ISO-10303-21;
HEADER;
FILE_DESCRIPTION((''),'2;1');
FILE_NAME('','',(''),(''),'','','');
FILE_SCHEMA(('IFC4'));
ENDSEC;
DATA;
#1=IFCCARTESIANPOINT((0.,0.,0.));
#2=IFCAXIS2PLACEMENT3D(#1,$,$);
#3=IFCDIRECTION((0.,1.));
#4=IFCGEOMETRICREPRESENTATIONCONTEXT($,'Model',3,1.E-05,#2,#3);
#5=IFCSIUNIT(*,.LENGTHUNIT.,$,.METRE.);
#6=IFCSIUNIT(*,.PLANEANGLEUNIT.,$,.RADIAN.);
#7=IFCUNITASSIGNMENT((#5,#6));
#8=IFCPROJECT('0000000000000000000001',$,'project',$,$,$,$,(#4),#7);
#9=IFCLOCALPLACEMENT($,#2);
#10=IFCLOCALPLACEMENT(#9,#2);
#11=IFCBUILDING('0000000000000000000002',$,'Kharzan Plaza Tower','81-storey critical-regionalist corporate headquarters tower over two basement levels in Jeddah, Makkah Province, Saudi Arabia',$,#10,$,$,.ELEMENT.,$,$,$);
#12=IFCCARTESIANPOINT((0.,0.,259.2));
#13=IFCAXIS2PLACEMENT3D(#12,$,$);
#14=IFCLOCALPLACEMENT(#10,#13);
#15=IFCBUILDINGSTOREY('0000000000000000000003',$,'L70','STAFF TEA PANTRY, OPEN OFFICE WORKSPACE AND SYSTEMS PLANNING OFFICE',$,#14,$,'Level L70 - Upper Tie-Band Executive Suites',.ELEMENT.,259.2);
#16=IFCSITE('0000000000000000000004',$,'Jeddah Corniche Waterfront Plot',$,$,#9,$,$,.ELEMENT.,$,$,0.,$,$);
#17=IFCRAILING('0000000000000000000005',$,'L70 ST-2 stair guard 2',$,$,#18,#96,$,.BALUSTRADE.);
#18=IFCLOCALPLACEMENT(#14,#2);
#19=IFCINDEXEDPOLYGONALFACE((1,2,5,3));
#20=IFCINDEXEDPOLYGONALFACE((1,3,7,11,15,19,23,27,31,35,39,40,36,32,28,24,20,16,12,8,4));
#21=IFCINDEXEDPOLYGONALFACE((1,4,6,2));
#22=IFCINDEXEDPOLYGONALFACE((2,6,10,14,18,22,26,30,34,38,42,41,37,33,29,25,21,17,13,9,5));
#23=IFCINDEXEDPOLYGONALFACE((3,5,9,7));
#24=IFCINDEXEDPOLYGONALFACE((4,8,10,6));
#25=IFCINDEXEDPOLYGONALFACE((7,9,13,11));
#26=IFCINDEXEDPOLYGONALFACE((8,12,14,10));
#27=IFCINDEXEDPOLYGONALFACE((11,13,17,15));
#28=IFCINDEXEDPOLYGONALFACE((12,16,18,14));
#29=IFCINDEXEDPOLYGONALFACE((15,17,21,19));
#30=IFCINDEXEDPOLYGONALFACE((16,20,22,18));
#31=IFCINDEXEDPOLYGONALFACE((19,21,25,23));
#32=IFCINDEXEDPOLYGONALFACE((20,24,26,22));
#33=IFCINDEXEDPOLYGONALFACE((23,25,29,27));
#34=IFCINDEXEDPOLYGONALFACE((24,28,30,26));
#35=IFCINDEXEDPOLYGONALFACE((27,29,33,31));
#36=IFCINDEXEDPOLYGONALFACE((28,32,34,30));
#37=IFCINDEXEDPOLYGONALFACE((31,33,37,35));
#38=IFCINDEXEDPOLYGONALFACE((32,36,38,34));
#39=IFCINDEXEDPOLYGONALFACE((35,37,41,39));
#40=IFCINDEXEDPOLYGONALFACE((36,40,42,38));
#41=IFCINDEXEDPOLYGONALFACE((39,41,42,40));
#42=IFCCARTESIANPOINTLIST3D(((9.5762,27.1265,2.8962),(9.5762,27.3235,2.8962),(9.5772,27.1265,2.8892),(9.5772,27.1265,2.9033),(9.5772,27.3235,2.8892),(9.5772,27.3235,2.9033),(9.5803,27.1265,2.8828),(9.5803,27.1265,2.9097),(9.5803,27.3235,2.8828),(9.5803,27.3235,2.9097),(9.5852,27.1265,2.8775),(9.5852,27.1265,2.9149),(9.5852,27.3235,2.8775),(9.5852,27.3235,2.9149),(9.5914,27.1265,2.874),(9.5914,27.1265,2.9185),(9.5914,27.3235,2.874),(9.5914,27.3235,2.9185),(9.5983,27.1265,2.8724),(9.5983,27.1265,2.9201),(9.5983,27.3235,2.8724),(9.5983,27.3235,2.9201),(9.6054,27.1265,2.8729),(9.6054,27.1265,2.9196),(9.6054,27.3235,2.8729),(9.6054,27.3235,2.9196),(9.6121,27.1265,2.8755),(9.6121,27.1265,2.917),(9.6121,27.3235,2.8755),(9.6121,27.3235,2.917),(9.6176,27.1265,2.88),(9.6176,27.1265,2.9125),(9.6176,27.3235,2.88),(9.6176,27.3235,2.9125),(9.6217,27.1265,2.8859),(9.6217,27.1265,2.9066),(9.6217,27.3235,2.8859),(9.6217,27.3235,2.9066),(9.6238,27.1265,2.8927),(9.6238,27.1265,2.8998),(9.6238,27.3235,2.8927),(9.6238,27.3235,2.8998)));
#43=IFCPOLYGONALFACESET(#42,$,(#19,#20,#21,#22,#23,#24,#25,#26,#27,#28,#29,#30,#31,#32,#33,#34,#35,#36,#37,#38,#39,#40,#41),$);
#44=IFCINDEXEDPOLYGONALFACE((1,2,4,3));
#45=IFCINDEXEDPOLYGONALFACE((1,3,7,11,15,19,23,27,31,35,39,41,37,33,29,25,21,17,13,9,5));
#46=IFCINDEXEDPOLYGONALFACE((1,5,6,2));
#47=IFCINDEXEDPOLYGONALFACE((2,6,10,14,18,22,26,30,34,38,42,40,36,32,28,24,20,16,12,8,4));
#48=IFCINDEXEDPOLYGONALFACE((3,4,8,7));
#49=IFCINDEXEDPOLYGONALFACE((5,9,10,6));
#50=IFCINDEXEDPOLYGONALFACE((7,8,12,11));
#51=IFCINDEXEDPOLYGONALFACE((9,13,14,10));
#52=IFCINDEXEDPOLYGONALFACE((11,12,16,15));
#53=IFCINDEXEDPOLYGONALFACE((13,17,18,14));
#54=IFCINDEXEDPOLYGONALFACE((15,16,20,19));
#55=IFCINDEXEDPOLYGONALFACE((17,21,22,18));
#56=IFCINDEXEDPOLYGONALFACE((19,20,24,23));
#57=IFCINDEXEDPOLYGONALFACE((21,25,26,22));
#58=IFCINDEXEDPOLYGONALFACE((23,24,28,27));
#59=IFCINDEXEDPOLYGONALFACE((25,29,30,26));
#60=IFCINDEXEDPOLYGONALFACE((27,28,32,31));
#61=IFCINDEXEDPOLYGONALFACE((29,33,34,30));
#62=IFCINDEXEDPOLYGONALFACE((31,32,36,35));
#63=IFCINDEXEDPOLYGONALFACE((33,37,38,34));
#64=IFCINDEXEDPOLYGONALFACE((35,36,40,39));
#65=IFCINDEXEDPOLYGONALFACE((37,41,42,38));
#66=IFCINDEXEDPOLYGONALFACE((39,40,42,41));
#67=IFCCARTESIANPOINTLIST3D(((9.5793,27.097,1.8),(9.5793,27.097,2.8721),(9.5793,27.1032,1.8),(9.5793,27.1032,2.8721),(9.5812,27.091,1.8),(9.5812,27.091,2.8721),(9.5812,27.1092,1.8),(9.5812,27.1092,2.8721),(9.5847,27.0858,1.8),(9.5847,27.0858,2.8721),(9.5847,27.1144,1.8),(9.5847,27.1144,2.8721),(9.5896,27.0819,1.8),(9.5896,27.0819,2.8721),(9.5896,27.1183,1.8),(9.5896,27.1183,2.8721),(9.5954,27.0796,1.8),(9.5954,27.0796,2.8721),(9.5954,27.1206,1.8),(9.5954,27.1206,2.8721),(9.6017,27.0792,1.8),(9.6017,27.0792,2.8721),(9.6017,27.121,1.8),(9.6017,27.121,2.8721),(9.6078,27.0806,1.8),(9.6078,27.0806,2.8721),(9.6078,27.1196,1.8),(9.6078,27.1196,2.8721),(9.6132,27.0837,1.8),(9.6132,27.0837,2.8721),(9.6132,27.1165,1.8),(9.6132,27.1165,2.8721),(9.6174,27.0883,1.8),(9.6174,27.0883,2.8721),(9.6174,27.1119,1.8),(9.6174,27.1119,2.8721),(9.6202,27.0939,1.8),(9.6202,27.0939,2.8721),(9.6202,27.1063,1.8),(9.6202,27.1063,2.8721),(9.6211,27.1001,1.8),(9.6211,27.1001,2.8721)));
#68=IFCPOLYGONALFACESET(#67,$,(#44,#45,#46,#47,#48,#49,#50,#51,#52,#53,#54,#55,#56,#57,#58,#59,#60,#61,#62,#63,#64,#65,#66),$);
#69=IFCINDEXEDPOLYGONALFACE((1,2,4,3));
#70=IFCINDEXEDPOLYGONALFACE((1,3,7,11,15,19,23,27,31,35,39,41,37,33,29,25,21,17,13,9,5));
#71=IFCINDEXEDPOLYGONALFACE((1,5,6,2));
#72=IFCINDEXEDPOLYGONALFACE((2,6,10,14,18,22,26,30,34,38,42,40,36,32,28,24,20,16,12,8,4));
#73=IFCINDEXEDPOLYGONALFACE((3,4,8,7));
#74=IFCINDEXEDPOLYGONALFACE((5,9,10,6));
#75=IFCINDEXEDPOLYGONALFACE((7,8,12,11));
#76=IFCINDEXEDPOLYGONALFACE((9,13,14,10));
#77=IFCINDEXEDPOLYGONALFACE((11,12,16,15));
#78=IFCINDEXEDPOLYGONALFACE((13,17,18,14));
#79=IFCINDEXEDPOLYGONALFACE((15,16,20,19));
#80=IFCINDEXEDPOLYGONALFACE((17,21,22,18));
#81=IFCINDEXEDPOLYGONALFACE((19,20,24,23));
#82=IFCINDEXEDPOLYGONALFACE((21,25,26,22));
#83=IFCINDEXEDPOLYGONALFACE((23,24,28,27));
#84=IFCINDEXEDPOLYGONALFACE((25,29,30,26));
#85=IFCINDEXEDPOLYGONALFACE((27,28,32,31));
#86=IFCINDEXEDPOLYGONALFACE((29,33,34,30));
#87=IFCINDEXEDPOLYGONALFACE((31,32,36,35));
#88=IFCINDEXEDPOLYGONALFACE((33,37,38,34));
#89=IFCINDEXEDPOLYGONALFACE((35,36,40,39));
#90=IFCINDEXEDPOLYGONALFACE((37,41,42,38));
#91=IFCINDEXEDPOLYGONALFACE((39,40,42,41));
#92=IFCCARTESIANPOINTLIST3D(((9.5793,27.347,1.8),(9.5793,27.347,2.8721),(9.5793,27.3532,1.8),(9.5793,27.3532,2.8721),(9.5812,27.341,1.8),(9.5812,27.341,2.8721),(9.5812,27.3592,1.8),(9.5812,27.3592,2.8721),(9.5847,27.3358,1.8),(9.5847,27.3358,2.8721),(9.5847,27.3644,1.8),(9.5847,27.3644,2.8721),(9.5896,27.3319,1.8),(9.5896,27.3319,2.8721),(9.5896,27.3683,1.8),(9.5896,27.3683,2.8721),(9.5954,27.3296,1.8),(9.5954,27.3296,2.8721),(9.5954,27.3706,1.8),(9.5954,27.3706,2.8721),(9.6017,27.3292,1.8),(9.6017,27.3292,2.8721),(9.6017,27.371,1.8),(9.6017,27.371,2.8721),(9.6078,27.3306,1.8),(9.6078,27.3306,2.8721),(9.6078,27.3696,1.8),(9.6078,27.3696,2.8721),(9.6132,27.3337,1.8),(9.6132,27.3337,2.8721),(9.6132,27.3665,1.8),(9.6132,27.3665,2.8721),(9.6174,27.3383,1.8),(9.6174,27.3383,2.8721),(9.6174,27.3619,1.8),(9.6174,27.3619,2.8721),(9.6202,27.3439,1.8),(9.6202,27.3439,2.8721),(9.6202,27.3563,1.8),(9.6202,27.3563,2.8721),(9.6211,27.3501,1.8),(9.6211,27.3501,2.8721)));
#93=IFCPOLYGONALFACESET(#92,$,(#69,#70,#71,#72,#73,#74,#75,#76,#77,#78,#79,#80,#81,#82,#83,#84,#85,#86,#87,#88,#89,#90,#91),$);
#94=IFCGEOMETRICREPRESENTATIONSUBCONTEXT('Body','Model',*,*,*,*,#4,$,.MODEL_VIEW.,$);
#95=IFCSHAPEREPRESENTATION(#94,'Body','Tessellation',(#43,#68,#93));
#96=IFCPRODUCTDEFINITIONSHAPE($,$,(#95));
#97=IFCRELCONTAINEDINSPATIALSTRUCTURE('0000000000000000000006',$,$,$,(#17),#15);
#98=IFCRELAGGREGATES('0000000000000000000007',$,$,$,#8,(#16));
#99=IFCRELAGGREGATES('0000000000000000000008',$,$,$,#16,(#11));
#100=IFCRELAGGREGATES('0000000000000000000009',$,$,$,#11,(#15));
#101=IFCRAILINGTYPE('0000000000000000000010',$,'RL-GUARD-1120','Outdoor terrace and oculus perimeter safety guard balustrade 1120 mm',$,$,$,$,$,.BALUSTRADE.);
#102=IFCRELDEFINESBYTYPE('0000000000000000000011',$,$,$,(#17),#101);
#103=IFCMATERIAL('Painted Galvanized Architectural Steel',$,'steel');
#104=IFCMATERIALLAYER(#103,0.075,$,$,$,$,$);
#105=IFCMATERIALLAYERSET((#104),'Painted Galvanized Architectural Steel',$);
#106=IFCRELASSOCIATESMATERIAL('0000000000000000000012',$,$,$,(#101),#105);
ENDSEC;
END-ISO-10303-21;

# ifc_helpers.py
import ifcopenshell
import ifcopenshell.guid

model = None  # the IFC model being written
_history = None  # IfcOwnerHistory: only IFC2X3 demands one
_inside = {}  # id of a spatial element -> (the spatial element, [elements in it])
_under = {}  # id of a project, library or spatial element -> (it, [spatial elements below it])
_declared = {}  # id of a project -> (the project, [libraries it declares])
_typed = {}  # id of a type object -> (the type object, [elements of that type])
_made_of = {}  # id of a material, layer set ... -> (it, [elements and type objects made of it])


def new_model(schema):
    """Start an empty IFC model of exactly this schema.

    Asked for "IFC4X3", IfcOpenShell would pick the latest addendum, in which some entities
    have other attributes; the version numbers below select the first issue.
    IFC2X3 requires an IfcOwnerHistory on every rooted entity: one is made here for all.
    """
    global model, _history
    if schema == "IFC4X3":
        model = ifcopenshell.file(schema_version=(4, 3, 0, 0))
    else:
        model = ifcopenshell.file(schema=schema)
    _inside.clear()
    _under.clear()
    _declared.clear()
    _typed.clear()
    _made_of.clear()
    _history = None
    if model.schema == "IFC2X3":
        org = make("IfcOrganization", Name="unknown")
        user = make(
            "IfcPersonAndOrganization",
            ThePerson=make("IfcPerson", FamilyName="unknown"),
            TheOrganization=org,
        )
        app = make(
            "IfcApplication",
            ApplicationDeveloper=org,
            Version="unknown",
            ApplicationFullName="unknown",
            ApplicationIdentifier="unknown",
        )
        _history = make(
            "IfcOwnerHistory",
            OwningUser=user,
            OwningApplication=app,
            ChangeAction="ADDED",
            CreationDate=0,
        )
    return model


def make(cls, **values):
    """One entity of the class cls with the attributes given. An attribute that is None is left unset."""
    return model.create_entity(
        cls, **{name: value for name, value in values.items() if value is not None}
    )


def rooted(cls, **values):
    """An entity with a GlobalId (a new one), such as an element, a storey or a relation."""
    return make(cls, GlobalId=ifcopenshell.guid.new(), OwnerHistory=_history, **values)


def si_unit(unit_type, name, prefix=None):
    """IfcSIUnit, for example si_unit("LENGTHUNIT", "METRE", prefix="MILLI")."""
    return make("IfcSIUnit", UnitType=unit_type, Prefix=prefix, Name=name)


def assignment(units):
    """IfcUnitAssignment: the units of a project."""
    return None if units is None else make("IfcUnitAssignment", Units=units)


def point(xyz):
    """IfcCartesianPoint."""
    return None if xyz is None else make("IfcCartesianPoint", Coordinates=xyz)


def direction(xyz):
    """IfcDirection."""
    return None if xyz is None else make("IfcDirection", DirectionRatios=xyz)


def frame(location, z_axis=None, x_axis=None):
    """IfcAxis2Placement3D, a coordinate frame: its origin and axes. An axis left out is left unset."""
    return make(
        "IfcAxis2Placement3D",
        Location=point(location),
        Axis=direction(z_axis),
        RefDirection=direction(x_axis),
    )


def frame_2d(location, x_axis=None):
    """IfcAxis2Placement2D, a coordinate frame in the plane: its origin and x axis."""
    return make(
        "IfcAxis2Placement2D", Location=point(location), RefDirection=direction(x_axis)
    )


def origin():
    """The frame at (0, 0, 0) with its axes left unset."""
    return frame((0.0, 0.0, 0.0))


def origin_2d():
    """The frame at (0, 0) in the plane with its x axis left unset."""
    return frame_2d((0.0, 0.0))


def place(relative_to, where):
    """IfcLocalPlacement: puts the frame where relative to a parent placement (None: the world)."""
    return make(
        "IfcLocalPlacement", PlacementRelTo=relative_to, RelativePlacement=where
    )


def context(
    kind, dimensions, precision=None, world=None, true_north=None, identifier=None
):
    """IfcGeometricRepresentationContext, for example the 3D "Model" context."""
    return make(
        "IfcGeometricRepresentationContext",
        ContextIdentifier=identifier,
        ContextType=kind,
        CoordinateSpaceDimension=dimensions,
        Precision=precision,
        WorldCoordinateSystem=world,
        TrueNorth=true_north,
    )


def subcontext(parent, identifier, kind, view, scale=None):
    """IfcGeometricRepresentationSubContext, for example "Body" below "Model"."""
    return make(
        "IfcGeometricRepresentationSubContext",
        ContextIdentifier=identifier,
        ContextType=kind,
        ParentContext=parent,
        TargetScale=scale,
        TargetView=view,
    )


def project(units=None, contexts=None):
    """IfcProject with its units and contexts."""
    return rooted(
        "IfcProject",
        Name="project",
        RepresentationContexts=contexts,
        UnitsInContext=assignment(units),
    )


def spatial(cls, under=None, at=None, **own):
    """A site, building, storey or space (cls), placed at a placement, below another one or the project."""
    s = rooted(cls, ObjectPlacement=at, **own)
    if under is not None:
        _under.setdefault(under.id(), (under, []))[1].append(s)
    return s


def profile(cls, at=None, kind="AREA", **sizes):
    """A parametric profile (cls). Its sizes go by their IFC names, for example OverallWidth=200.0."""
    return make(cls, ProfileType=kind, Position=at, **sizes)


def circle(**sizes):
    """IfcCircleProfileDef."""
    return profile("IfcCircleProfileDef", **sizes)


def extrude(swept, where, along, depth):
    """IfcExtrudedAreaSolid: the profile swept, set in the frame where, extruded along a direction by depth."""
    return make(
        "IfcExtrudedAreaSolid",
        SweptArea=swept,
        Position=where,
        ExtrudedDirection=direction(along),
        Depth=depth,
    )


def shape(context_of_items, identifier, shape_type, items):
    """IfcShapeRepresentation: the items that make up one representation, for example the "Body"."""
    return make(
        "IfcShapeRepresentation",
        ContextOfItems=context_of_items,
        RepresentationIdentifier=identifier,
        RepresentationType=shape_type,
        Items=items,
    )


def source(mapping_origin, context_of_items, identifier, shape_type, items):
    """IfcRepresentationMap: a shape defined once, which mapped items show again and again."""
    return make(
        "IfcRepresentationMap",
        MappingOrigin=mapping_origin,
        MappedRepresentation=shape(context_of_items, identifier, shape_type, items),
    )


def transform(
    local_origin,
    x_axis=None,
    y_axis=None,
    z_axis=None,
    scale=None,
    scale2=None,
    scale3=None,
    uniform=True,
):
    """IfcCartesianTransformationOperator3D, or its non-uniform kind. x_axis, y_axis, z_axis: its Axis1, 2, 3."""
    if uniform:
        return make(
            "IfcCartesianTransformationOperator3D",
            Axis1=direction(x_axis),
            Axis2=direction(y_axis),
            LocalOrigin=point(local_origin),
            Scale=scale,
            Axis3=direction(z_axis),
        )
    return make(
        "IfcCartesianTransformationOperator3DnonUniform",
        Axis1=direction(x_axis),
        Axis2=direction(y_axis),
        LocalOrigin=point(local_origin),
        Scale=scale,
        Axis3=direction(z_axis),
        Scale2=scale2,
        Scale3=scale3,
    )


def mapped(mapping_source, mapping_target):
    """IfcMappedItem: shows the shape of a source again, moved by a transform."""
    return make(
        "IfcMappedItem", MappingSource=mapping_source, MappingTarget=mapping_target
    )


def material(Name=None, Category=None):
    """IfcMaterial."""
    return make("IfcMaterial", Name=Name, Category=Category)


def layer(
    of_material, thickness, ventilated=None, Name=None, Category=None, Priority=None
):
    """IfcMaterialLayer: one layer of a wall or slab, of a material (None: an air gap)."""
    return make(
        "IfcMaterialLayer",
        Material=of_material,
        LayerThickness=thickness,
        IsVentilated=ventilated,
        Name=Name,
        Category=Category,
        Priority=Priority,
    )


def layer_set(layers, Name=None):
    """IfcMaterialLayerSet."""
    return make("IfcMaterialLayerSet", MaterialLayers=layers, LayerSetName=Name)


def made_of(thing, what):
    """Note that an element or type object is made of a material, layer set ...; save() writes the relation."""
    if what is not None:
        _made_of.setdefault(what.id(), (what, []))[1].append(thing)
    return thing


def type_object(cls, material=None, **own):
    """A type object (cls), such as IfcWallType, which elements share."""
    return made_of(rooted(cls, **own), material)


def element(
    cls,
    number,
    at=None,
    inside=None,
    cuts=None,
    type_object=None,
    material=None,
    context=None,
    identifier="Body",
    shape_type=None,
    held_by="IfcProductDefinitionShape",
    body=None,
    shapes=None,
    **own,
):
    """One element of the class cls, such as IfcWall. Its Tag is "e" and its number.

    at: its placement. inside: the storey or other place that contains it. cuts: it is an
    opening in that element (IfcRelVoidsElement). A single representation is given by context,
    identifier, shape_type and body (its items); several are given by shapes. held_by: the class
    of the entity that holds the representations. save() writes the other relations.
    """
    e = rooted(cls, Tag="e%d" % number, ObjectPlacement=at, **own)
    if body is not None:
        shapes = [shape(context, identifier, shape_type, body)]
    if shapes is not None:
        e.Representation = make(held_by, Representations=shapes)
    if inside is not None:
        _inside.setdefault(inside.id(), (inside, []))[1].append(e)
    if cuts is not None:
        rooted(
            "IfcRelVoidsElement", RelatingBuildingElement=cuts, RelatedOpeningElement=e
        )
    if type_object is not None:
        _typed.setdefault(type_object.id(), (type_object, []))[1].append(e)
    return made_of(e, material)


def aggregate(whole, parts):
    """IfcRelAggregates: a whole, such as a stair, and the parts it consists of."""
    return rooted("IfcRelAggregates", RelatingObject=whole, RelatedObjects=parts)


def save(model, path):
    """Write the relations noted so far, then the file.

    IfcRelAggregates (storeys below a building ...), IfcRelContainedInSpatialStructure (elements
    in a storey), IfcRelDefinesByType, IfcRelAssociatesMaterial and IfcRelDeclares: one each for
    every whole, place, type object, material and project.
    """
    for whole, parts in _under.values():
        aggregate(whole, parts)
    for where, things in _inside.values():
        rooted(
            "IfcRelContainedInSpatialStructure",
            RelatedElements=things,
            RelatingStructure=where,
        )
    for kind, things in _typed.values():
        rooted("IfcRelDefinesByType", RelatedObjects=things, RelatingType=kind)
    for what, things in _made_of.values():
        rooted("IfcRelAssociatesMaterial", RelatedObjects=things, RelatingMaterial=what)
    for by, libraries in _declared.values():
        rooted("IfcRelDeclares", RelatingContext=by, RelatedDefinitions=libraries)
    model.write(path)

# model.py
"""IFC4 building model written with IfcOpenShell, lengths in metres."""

from ifc_helpers import new_model, si_unit, direction, frame, origin, origin_2d, place, context, subcontext, project, spatial, circle, extrude, source, transform, mapped, material, layer, layer_set, type_object, element, save


model = new_model("IFC4")

# Units and contexts
model_context = context("Model", 3, precision=1e-05, world=origin(), true_north=direction((0.0, 1.0)))
body_context = subcontext(model_context, "Body", "Model", "MODEL_VIEW")
ifc_project = project(units=[si_unit("LENGTHUNIT", "METRE"), si_unit("PLANEANGLEUNIT", "RADIAN")], contexts=[model_context])

# Site, building, storey
site_placement = place(None, origin())
site = spatial("IfcSite", under=ifc_project, at=site_placement, Name="Jeddah Corniche Waterfront Plot", CompositionType="ELEMENT", RefElevation=0.0)
building_placement = place(site_placement, origin())
building = spatial("IfcBuilding", under=site, at=building_placement, Name="Kharzan Plaza Tower", Description="81-storey critical-regionalist corporate headquarters tower over two basement levels in Jeddah, Makkah Province, Saudi Arabia", CompositionType="ELEMENT")
storey_placement = place(building_placement, frame((0.0, 0.0, 259.2)))
storey = spatial("IfcBuildingStorey", under=building, at=storey_placement, Name="L70", Description="STAFF TEA PANTRY, OPEN OFFICE WORKSPACE AND SYSTEMS PLANNING OFFICE", LongName="Level L70 - Upper Tie-Band Executive Suites", CompositionType="ELEMENT", Elevation=259.2)

# Railing
ifc_material_1 = material(Name="Painted Galvanized Architectural Steel", Category="steel")
ifc_layer_1 = layer(ifc_material_1, 0.075)
ifc_layer_set_1 = layer_set([ifc_layer_1], Name="Painted Galvanized Architectural Steel")
railing_type_1 = type_object("IfcRailingType", Name="RL-GUARD-1120", Description="Outdoor terrace and oculus perimeter safety guard balustrade 1120 mm", PredefinedType="BALUSTRADE", material=ifc_layer_set_1)
shared_shape_1 = source(origin(), body_context, "Body", "SweptSolid", [
    extrude(circle(Radius=0.0239, at=origin_2d()), frame((0.0, 0.0264, 1.0962), z_axis=(0.0, 1.0, 0.0), x_axis=(-1.0, 0.0, 0.0)), (0.0, 0.0, 1.0), 0.197),
    extrude(circle(Radius=0.021, at=origin_2d()), origin(), (0.0, 0.0, 1.0), 1.072),
    extrude(circle(Radius=0.021, at=origin_2d()), frame((0.0, 0.25, 0.0)), (0.0, 0.0, 1.0), 1.072),
])
railing_1_placement = place(storey_placement, frame((9.6001, 27.1001, 1.8)))
element("IfcRailing", 1, at=railing_1_placement, inside=storey, type_object=railing_type_1, Name="L70 ST-2 stair guard 2", PredefinedType="BALUSTRADE", context=body_context, shape_type="MappedRepresentation", body=[
    mapped(shared_shape_1, transform((0.0, 0.0, 0.0), x_axis=(1.0, 0.0, 0.0), y_axis=(0.0, 1.0, 0.0), z_axis=(0.0, 0.0, 1.0))),
])

save(model, "model.ifc")
